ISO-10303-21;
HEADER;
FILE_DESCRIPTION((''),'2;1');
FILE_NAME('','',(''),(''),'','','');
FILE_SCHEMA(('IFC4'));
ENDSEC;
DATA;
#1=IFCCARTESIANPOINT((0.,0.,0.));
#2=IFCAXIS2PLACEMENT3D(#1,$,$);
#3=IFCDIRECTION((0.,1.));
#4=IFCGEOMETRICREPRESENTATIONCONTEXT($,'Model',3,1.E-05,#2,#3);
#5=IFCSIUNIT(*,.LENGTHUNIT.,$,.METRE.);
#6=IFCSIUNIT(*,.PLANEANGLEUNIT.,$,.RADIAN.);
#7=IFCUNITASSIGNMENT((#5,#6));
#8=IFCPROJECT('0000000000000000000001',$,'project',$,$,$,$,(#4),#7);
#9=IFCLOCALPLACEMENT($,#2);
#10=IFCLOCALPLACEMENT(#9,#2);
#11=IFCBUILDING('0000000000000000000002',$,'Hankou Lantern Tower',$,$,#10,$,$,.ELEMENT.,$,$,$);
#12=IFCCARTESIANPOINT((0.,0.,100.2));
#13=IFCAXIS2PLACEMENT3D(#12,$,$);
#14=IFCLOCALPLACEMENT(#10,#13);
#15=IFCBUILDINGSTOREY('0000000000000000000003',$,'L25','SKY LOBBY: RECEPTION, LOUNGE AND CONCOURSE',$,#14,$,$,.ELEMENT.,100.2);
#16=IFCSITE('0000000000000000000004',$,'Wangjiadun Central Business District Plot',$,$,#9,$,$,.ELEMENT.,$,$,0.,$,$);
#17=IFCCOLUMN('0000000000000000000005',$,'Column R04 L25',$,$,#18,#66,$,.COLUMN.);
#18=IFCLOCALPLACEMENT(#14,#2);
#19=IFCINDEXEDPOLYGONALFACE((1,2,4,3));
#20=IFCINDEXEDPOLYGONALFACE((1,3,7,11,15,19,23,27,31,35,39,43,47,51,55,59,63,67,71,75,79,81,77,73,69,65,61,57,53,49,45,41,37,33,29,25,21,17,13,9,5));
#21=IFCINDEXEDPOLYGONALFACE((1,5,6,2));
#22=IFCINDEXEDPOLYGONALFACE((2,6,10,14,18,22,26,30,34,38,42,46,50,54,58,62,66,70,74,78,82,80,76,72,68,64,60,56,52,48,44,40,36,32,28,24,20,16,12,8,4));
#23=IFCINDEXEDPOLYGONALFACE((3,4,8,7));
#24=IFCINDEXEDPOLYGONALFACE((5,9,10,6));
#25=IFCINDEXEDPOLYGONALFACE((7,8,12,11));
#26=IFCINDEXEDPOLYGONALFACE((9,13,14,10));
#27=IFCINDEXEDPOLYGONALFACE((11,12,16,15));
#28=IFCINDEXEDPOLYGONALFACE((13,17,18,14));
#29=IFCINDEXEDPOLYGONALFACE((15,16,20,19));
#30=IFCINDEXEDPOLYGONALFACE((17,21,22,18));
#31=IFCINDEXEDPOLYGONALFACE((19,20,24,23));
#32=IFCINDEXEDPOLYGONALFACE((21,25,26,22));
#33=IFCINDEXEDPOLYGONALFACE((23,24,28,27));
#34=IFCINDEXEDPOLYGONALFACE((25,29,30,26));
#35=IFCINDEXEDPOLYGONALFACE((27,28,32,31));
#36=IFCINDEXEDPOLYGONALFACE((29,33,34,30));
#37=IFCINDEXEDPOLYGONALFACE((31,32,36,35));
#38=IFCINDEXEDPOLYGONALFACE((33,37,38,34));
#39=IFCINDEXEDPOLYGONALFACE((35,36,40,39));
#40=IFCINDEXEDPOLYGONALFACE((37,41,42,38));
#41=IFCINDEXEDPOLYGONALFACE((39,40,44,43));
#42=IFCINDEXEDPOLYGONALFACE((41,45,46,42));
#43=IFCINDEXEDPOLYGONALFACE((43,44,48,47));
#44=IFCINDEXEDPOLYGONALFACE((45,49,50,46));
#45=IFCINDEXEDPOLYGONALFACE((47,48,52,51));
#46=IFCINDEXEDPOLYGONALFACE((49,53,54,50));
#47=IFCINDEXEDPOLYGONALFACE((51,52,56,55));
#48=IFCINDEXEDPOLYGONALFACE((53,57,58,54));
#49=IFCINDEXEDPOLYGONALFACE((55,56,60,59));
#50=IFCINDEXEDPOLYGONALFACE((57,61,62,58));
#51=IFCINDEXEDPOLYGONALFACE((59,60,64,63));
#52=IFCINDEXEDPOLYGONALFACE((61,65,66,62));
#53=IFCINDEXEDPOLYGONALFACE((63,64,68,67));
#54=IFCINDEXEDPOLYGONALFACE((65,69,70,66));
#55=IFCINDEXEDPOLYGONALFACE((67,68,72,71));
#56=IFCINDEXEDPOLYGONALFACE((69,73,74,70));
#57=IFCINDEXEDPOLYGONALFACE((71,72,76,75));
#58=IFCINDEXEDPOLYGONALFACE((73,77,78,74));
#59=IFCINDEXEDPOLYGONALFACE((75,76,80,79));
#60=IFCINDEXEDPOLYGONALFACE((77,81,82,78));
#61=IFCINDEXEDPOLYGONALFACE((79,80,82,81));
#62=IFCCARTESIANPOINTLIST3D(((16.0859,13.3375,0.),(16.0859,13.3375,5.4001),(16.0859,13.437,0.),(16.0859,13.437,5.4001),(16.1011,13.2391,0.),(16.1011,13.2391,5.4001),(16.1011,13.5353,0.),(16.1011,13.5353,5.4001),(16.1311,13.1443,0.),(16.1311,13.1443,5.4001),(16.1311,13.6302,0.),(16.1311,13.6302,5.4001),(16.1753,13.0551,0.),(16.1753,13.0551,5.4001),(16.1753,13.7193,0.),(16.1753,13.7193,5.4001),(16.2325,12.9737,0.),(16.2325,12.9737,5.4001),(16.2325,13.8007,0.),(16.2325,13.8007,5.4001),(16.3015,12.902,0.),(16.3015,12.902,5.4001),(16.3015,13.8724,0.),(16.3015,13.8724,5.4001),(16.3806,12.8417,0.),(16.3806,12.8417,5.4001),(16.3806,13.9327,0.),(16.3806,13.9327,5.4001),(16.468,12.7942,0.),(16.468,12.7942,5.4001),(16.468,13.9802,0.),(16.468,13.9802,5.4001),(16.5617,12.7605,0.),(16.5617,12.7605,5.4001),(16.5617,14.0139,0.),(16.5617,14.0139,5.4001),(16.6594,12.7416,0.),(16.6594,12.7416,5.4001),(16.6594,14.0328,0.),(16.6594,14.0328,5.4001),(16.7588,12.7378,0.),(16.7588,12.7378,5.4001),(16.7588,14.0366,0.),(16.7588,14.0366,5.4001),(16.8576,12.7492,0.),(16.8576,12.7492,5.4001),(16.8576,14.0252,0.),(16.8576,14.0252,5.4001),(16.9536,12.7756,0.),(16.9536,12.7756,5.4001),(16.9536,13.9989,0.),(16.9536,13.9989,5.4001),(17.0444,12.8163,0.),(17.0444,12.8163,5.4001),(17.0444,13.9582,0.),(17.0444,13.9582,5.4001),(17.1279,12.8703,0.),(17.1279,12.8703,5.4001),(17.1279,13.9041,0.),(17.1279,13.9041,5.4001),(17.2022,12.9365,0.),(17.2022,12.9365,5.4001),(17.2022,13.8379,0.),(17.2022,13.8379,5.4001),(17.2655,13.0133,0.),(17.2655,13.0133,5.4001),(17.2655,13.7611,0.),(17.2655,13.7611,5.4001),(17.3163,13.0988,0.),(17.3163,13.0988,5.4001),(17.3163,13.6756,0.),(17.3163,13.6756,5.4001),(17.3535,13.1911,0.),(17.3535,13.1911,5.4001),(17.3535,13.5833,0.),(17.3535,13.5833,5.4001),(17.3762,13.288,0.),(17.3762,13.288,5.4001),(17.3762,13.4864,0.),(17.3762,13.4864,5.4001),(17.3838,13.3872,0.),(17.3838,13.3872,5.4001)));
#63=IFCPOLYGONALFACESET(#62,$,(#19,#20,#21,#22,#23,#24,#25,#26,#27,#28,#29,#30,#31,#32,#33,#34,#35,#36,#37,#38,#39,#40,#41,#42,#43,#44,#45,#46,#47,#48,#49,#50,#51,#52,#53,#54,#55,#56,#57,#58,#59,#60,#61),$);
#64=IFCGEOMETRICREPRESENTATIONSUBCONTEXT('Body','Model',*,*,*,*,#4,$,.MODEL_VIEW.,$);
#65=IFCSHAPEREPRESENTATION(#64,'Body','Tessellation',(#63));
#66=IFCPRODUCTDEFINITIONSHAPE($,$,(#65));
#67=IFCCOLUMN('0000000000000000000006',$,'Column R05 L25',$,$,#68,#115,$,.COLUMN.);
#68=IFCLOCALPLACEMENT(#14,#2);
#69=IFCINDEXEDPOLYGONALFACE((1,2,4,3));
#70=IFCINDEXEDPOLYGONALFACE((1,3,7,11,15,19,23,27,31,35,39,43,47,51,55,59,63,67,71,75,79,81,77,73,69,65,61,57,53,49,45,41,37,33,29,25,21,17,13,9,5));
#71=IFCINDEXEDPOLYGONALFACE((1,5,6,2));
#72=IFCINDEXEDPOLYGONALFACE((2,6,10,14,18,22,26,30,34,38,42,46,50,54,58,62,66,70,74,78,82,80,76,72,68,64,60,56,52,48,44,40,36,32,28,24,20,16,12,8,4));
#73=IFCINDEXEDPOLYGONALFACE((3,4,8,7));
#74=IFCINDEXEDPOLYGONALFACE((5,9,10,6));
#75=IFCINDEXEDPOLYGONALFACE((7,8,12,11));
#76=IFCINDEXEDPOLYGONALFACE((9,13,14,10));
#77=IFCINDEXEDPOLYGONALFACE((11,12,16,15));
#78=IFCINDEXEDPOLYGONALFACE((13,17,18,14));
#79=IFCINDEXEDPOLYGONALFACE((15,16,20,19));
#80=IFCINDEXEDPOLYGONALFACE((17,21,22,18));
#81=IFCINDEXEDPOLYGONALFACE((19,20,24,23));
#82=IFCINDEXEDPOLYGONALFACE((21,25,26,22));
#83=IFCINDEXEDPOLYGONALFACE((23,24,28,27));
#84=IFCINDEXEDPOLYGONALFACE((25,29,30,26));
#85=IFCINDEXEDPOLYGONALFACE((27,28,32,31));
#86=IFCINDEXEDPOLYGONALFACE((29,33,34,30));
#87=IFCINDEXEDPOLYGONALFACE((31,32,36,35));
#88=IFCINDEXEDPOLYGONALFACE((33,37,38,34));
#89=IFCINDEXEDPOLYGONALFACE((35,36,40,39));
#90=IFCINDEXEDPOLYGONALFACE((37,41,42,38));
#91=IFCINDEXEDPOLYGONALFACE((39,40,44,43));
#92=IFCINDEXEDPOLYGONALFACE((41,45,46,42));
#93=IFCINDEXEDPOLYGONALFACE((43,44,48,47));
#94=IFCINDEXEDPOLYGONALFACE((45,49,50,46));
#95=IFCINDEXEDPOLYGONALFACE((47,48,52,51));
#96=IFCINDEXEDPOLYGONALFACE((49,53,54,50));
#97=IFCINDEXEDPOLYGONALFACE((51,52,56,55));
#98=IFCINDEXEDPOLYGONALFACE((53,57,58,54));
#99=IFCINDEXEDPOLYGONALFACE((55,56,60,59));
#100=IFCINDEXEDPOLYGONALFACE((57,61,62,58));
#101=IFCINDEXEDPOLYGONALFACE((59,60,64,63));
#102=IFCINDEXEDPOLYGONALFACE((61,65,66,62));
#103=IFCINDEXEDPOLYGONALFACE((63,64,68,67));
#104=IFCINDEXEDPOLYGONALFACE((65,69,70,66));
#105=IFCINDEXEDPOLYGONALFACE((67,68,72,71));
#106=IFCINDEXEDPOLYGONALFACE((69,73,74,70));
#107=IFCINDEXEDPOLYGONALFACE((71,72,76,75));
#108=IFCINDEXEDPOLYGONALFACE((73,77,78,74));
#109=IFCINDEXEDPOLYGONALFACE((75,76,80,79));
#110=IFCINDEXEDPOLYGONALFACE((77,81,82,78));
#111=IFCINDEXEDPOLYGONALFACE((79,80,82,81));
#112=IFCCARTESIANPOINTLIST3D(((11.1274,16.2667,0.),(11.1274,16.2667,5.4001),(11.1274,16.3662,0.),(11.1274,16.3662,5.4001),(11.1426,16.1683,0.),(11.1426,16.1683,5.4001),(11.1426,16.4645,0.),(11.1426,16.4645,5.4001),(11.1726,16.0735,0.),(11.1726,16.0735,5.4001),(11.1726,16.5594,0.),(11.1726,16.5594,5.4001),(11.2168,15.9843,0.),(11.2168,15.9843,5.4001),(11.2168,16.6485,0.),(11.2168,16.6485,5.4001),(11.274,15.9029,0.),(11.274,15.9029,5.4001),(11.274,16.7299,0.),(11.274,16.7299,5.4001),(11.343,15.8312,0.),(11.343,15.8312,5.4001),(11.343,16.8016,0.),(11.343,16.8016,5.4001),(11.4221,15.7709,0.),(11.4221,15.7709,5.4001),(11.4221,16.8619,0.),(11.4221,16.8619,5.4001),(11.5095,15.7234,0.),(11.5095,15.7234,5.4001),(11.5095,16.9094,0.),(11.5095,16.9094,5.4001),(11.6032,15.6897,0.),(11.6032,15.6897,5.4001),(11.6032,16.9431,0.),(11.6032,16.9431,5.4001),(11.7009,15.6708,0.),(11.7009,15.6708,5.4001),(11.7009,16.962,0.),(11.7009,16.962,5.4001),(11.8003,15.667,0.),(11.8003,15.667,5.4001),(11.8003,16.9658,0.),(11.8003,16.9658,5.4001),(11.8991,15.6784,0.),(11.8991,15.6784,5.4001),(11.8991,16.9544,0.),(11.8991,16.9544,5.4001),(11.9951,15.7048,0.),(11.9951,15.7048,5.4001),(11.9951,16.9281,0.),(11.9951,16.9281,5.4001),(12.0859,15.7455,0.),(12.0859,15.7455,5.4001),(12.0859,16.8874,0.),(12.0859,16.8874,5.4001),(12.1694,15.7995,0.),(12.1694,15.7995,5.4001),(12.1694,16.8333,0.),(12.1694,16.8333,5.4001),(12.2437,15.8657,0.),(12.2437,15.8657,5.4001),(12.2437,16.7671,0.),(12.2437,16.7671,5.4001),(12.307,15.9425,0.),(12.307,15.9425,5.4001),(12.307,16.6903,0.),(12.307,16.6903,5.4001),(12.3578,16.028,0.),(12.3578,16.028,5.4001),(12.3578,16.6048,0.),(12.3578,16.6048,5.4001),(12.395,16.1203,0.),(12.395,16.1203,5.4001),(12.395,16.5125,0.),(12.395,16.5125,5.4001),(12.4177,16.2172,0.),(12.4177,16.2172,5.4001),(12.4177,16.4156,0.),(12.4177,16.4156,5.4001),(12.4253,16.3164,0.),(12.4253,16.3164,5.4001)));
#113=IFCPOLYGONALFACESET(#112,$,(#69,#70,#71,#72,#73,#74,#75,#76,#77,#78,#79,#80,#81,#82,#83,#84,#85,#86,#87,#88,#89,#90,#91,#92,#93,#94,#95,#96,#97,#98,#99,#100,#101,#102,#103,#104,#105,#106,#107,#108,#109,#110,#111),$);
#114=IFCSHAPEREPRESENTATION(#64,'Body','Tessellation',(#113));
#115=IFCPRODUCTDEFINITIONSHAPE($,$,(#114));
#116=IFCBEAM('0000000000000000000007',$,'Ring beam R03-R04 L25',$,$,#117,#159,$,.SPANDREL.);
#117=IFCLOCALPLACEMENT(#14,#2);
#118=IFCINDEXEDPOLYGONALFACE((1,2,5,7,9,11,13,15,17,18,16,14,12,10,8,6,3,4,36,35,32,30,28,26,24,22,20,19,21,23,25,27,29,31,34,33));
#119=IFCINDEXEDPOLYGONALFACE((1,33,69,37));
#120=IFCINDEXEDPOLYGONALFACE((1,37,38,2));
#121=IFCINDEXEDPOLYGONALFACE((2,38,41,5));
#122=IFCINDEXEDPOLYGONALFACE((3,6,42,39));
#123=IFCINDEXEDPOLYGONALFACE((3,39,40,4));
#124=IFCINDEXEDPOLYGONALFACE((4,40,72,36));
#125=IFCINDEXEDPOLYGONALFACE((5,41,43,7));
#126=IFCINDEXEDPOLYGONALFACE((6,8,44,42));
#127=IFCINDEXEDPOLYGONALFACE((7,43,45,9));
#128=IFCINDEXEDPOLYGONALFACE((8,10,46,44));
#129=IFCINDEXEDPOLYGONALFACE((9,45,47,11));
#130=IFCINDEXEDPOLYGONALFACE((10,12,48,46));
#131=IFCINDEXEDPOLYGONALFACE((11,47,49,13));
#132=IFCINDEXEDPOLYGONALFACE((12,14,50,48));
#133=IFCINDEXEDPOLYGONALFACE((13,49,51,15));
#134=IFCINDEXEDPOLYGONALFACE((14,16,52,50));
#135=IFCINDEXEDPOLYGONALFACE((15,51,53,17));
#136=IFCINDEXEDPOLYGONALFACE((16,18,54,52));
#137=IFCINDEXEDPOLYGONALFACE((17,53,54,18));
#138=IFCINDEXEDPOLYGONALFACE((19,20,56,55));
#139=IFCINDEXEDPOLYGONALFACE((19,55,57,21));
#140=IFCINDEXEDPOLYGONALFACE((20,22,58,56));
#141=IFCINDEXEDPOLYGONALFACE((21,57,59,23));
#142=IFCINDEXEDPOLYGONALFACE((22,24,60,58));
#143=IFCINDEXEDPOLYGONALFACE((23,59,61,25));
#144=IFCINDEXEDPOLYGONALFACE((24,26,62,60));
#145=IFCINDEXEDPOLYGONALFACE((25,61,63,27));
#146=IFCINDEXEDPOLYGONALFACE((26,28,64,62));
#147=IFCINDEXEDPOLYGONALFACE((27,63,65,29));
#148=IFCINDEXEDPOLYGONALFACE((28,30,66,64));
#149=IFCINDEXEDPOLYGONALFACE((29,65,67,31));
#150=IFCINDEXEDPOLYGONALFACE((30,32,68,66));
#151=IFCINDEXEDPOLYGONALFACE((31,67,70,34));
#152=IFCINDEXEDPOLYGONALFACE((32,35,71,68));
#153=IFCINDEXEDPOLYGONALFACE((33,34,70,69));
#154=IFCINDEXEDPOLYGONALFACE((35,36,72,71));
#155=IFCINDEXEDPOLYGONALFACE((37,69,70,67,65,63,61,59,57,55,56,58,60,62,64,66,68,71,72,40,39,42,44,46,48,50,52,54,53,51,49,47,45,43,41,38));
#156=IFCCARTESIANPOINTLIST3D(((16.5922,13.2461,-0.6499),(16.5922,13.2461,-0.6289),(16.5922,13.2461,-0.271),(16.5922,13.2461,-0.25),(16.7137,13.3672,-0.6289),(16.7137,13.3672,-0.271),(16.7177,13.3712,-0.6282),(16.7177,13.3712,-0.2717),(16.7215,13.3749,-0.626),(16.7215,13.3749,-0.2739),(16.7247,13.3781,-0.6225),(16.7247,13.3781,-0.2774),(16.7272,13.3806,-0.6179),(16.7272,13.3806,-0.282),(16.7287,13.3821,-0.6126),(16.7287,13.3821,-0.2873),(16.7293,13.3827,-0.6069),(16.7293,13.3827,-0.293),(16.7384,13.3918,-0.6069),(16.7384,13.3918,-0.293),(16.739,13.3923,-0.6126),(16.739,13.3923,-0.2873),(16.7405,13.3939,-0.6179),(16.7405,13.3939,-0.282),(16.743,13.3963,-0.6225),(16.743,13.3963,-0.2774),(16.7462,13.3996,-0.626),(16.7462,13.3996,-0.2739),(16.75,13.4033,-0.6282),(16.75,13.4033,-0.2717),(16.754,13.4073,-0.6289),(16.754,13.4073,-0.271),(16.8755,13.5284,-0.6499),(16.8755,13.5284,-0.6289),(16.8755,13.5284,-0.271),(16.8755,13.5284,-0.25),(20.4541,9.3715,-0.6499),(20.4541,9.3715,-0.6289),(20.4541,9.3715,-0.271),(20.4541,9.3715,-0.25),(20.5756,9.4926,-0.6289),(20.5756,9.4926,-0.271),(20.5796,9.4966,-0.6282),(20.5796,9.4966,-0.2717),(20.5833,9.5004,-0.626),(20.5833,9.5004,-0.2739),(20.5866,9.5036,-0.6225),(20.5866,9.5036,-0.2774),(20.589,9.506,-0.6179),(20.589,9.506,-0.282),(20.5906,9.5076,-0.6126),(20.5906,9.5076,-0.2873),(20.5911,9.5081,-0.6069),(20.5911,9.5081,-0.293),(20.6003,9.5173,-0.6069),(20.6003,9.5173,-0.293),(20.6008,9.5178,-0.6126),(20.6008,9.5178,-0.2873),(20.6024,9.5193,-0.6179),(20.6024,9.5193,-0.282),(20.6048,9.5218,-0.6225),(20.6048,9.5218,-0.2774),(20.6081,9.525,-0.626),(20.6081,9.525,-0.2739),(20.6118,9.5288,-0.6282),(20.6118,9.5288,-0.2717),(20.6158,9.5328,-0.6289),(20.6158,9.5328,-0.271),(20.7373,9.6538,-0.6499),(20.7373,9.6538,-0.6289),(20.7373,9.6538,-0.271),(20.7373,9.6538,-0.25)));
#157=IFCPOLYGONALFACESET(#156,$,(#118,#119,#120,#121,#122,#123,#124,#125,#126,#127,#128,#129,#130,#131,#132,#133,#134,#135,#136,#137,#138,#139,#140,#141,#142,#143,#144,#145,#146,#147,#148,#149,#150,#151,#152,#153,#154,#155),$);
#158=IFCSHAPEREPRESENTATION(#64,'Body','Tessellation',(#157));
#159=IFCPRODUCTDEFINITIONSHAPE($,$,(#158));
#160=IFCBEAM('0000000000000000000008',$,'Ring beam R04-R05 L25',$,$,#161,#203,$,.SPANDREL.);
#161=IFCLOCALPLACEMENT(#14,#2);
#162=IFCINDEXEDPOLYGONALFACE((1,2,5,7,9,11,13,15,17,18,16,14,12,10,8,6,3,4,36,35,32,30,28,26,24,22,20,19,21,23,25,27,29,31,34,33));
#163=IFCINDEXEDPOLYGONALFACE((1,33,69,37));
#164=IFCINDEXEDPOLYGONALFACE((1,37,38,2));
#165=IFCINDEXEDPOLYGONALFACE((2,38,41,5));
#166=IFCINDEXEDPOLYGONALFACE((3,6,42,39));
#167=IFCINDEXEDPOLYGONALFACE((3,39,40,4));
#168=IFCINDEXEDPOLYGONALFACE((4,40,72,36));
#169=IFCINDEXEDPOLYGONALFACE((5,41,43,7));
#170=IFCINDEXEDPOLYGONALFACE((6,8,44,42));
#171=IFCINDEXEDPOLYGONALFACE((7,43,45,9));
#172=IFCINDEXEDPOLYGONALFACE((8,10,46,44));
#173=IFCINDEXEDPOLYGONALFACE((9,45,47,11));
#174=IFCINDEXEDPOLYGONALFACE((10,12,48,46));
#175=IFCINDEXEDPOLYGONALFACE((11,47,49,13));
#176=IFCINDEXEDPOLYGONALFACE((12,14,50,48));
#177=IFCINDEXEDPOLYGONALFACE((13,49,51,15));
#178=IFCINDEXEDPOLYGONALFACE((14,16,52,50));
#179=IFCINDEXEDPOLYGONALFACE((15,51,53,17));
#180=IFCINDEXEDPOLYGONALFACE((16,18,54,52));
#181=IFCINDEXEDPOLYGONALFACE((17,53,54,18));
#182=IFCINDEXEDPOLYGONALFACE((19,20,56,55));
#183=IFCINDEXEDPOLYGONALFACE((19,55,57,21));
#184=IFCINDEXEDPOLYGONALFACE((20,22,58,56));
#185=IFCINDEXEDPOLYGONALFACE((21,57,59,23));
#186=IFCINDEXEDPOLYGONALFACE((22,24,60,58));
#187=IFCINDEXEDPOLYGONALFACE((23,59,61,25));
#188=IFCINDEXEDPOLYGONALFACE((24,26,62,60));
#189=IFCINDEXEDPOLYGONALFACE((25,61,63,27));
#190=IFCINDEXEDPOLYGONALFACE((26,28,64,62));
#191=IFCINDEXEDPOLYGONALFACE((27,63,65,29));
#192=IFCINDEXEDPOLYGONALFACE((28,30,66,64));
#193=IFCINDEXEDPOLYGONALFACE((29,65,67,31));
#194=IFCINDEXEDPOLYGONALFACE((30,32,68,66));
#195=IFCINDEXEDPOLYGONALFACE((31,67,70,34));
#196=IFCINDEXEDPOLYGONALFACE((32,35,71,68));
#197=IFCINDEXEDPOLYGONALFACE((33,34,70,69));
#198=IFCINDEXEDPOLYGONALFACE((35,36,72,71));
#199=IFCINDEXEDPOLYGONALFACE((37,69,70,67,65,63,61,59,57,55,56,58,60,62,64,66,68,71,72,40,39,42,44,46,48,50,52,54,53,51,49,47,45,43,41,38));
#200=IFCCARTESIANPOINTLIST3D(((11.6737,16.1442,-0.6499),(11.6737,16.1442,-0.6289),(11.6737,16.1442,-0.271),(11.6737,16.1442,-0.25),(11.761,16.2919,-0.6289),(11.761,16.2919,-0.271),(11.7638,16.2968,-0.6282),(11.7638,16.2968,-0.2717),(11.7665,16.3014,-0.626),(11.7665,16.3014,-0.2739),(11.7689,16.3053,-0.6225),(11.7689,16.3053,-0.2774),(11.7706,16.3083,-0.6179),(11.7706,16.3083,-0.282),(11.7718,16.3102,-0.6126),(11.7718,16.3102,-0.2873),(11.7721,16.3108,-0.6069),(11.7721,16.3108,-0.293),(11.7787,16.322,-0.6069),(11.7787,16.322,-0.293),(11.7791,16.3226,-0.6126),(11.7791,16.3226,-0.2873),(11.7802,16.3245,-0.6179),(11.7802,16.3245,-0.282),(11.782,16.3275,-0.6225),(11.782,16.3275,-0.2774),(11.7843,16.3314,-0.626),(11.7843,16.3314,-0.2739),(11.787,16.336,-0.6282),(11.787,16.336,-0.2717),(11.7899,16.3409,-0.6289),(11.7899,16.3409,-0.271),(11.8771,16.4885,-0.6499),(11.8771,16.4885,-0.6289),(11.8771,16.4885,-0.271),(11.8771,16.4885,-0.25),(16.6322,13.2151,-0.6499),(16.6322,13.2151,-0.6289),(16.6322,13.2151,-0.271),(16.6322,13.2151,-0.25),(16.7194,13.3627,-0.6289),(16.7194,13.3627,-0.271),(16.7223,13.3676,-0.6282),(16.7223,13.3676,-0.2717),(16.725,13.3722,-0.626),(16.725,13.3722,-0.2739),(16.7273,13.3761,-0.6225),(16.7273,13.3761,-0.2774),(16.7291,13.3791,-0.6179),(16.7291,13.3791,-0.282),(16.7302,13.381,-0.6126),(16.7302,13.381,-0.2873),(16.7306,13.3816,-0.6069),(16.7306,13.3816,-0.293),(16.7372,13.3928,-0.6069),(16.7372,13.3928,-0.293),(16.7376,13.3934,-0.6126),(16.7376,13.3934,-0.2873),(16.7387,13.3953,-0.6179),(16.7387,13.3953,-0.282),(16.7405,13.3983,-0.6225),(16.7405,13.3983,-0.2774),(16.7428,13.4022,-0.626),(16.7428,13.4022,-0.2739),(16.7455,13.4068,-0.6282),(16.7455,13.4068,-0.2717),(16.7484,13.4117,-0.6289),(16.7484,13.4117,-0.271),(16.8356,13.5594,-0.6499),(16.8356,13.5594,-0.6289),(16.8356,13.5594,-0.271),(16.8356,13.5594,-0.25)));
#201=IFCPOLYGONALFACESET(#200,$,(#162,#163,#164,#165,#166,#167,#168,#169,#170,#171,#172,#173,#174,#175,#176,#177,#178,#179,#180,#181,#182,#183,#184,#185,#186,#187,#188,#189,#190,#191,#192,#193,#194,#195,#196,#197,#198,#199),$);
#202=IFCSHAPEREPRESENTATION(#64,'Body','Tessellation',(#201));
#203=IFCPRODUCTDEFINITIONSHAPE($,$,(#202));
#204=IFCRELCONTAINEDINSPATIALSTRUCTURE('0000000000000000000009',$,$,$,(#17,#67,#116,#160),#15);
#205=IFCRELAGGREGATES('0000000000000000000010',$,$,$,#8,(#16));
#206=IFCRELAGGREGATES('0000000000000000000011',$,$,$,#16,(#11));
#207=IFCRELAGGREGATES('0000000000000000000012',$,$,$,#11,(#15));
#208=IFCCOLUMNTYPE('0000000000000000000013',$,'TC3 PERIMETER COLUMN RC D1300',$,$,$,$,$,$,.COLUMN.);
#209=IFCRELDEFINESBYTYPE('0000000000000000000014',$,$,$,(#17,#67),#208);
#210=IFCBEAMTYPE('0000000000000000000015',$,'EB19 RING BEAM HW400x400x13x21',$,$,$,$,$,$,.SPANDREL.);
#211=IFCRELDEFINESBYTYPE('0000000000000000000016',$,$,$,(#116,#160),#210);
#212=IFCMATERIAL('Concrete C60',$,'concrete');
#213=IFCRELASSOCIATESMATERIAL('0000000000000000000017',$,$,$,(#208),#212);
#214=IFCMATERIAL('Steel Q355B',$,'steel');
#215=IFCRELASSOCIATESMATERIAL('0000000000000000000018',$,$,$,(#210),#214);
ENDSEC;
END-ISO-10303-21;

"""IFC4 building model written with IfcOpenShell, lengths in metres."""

from ifc_helpers import new_model, si_unit, direction, frame, origin, origin_2d, place, context, subcontext, project, spatial, circle, i_section, extrude, material, material_profile, profile_set, type_object, element, save


model = new_model("IFC4")

# Units and contexts
model_context = context("Model", 3, precision=1e-05, world=origin(), true_north=direction((0.0, 1.0)))
body_context = subcontext(model_context, "Body", "Model", "MODEL_VIEW")
ifc_project = project(units=[si_unit("LENGTHUNIT", "METRE"), si_unit("PLANEANGLEUNIT", "RADIAN")], contexts=[model_context])

# Site, building, storey
site_placement = place(None, origin())
site = spatial("IfcSite", under=ifc_project, at=site_placement, Name="Wangjiadun Central Business District Plot", CompositionType="ELEMENT", RefElevation=0.0)
building_placement = place(site_placement, origin())
building = spatial("IfcBuilding", under=site, at=building_placement, Name="Hankou Lantern Tower", CompositionType="ELEMENT")
storey_placement = place(building_placement, frame((0.0, 0.0, 100.2)))
storey = spatial("IfcBuildingStorey", under=building, at=storey_placement, Name="L25", Description="SKY LOBBY: RECEPTION, LOUNGE AND CONCOURSE", CompositionType="ELEMENT", Elevation=100.2)

# Columns
ifc_material_1 = material(Name="Concrete C60", Category="concrete")
ifc_material_profile_1 = material_profile(ifc_material_1, circle(Radius=0.6499, at=origin_2d()), Name="RC D1300")
ifc_profile_set_1 = profile_set([ifc_material_profile_1], Name="Concrete C60")
column_type = type_object("IfcColumnType", Name="TC3 PERIMETER COLUMN RC D1300", PredefinedType="COLUMN", material=ifc_profile_set_1)
for number, where, z_axis, x_axis, name in (
    (1, (16.7339, 13.3872, 0.0), (0.0, 0.0, 1.0), (1.0, 0.0, 0.0), "Column R04 L25"),
    (2, (11.7754, 16.3164, 0.0), (0.0, 0.0, 1.0), (1.0, 0.0, 0.0), "Column R05 L25"),
):
    element("IfcColumn", number, at=place(storey_placement, frame(where, z_axis=z_axis, x_axis=x_axis)), inside=storey, type_object=column_type, Name=name, PredefinedType="COLUMN", context=body_context, shape_type="SweptSolid", body=[
        extrude(circle(Radius=0.6499, at=origin_2d()), origin(), (0.0, 0.0, 1.0), 5.4001),
    ])

# Beams
ifc_material_2 = material(Name="Steel Q355B", Category="steel")
ifc_material_profile_2 = material_profile(ifc_material_2, i_section(OverallWidth=0.3999, OverallDepth=0.3999, WebThickness=0.0129, FlangeThickness=0.021, FilletRadius=0.022, at=origin_2d()), Name="HW400x400x13x21")
ifc_profile_set_2 = profile_set([ifc_material_profile_2], Name="Steel Q355B")
beam_type_1 = type_object("IfcBeamType", Name="EB19 RING BEAM HW400x400x13x21", PredefinedType="SPANDREL", material=ifc_profile_set_2)
beam_1_placement = place(storey_placement, frame((20.5957, 9.5127, -0.45), z_axis=(-0.705945, 0.708266, 0.0), x_axis=(-0.708266, -0.705945, 0.0)))
element("IfcBeam", 3, at=beam_1_placement, inside=storey, type_object=beam_type_1, Name="Ring beam R03-R04 L25", PredefinedType="SPANDREL", context=body_context, shape_type="SweptSolid", body=[
    extrude(i_section(OverallWidth=0.3999, OverallDepth=0.3999, WebThickness=0.0129, FlangeThickness=0.021, FilletRadius=0.022, at=origin_2d()), origin(), (0.0, 0.0, 1.0), 5.4705),
])
beam_2_placement = place(storey_placement, frame((16.7339, 13.3872, -0.45), z_axis=(-0.860989, 0.508624, 0.0), x_axis=(-0.508624, -0.860989, 0.0)))
element("IfcBeam", 4, at=beam_2_placement, inside=storey, type_object=beam_type_1, Name="Ring beam R04-R05 L25", PredefinedType="SPANDREL", context=body_context, shape_type="SweptSolid", body=[
    extrude(i_section(OverallWidth=0.3999, OverallDepth=0.3999, WebThickness=0.0129, FlangeThickness=0.021, FilletRadius=0.022, at=origin_2d()), origin(), (0.0, 0.0, 1.0), 5.759),
])

save(model, "model.ifc")
